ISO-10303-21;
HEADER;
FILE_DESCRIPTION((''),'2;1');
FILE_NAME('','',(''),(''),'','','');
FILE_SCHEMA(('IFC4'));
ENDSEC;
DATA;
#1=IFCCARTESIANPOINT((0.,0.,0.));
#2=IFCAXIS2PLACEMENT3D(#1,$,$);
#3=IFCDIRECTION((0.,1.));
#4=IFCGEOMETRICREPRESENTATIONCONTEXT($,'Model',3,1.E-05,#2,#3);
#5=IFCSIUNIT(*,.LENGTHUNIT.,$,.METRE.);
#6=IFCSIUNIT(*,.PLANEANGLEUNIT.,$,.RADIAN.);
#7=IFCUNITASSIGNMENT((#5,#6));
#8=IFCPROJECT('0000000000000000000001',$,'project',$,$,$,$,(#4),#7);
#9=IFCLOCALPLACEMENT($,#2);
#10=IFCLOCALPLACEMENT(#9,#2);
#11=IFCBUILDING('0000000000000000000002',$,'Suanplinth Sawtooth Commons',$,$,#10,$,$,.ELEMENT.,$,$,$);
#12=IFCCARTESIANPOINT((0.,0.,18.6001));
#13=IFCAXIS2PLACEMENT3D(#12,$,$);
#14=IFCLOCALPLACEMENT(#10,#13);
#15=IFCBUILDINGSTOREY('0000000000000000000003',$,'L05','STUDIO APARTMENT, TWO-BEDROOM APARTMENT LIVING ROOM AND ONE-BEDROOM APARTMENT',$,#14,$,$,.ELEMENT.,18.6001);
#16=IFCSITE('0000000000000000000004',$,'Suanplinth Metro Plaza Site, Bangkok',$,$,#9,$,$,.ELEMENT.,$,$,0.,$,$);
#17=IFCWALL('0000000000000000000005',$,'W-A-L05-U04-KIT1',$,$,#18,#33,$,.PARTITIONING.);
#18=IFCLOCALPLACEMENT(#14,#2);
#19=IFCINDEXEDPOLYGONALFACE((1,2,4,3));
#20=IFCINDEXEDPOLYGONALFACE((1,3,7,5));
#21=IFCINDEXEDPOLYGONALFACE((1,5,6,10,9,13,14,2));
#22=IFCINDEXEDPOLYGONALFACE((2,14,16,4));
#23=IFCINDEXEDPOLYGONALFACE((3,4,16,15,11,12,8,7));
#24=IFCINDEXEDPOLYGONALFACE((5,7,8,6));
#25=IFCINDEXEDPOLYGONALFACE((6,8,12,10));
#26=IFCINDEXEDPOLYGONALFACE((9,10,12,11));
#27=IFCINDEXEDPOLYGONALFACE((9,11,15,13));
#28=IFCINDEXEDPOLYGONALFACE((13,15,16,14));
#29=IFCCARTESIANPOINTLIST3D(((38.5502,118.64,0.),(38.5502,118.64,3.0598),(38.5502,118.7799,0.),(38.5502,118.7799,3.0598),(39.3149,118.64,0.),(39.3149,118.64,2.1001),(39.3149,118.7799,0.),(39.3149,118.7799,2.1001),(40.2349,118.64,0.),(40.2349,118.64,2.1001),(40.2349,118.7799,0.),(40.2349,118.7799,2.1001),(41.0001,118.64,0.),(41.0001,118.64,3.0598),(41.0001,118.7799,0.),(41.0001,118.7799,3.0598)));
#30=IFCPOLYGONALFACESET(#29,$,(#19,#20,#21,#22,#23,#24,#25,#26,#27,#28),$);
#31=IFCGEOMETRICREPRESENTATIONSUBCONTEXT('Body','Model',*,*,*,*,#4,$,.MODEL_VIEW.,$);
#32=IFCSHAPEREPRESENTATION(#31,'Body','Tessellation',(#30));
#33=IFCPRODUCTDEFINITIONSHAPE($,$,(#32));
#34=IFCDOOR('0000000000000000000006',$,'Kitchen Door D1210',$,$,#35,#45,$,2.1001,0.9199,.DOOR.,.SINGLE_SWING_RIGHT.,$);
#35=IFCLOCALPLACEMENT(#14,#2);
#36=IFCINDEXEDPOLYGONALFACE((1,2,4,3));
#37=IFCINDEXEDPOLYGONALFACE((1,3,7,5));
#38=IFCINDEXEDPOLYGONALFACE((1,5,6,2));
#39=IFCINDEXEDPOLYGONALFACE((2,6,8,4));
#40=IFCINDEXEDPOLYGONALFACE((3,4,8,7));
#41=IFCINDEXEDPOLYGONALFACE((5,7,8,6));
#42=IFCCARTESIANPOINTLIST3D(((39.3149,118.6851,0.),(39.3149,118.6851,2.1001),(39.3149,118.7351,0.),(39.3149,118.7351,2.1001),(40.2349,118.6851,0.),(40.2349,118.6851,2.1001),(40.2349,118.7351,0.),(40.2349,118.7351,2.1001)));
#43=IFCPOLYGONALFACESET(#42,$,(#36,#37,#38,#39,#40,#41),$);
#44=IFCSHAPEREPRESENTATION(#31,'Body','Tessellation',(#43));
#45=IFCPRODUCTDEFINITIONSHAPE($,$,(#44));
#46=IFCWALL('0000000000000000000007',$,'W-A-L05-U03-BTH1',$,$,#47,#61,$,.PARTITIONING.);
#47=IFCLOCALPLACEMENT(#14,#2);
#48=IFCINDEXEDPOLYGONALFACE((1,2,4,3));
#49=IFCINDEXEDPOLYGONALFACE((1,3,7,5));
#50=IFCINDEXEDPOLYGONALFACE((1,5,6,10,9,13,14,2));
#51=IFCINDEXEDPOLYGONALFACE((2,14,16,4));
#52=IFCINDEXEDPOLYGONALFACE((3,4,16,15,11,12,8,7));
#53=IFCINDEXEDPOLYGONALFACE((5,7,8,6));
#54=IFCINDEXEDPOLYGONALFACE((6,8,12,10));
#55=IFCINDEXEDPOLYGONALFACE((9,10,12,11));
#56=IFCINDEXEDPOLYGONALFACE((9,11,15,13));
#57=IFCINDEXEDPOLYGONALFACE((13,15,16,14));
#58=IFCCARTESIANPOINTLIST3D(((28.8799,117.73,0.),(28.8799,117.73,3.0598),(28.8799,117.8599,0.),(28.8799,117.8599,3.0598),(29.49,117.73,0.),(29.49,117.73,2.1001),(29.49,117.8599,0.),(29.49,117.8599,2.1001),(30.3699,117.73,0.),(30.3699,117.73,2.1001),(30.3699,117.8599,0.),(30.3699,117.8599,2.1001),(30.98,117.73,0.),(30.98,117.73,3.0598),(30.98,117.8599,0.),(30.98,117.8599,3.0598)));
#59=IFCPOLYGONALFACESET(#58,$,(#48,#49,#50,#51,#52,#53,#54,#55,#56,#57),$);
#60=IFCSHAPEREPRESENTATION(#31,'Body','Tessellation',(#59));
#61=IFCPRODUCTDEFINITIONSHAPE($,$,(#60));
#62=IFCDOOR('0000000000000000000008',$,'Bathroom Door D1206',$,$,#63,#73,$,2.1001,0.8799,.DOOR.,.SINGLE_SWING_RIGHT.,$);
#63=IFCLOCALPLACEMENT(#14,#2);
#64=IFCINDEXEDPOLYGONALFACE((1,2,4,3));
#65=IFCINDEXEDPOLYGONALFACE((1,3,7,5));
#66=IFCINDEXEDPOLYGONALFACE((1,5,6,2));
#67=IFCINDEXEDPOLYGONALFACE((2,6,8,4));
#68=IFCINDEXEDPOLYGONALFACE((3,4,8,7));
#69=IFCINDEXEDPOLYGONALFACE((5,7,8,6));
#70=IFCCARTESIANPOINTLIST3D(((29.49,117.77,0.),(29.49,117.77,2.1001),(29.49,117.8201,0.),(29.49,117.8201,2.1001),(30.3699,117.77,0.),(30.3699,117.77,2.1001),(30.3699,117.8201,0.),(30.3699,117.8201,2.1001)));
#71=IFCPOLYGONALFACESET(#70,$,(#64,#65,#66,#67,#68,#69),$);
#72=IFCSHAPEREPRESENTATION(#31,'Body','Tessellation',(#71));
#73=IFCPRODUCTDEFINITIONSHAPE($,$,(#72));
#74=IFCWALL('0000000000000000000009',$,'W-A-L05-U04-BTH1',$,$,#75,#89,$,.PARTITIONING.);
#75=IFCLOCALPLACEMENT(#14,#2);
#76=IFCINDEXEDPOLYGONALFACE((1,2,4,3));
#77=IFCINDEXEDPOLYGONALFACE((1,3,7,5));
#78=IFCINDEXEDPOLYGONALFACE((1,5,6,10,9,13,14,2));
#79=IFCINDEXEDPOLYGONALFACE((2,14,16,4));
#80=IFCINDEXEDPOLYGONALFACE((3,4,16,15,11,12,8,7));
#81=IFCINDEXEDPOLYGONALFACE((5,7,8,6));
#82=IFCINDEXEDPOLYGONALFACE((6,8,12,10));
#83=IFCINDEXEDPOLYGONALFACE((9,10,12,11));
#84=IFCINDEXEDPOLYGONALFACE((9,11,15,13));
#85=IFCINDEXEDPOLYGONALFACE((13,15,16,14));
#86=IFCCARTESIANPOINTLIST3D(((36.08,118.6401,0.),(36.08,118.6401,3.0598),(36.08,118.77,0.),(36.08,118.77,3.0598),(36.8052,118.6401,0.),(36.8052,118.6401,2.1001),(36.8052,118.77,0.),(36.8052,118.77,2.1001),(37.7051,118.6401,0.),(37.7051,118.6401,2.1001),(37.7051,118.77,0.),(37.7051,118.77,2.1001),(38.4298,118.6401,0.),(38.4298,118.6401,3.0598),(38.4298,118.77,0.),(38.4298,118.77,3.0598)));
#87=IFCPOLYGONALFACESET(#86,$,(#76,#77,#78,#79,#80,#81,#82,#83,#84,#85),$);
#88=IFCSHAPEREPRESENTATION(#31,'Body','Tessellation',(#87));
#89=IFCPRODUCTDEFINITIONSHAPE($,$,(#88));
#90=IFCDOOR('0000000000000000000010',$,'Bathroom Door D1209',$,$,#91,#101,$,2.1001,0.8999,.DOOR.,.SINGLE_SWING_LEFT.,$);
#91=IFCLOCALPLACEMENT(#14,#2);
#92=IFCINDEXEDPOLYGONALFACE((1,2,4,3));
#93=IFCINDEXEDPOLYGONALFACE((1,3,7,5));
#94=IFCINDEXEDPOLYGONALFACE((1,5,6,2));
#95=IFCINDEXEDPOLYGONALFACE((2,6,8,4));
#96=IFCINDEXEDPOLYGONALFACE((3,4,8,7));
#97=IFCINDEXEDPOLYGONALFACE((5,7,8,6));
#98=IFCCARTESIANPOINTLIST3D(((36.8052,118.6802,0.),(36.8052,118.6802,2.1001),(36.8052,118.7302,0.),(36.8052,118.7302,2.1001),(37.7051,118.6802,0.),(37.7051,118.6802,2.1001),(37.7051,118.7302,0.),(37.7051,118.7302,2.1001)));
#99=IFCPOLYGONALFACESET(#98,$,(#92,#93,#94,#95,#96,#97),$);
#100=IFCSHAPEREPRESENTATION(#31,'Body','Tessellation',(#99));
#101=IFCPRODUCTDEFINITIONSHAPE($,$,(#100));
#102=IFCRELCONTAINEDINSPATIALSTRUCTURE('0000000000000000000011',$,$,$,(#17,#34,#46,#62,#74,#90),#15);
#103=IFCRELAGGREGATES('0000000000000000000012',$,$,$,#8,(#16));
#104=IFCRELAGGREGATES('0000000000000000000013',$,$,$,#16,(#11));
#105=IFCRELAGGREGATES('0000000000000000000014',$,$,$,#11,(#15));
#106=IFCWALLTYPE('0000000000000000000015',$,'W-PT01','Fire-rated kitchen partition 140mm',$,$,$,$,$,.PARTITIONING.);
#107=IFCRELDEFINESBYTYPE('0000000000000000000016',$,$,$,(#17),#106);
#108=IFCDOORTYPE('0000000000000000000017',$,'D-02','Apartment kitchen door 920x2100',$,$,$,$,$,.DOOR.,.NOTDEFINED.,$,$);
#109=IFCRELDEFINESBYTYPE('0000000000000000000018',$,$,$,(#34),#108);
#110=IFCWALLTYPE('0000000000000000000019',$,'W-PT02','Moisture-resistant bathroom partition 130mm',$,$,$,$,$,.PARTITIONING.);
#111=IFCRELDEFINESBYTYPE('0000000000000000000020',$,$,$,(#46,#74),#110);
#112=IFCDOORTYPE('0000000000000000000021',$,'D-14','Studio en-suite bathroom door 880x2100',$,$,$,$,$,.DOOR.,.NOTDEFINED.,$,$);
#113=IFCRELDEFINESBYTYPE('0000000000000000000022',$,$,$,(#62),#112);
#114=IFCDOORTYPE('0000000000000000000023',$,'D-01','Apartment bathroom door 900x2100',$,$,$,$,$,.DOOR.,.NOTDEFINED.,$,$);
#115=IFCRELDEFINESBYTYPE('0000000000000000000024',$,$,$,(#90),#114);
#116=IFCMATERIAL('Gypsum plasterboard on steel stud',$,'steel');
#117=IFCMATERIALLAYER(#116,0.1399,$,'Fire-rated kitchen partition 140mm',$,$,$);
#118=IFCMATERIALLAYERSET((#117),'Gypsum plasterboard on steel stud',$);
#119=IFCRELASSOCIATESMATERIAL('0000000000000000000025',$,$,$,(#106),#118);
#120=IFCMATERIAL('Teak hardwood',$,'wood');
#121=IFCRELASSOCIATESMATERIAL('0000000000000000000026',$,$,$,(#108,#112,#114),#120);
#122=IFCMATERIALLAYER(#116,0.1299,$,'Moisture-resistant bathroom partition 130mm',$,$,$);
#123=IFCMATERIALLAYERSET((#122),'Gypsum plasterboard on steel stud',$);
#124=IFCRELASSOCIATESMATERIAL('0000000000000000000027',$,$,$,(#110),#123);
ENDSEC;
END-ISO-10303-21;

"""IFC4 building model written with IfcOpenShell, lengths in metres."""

from ifc_helpers import new_model, si_unit, direction, frame, frame_2d, origin, place, context, subcontext, project, spatial, rectangle, extrude, material, layer, layer_set, type_object, element, fill, save


model = new_model("IFC4")

# Units and contexts
model_context = context("Model", 3, precision=1e-05, world=origin(), true_north=direction((0.0, 1.0)))
body_context = subcontext(model_context, "Body", "Model", "MODEL_VIEW")
ifc_project = project(units=[si_unit("LENGTHUNIT", "METRE"), si_unit("PLANEANGLEUNIT", "RADIAN")], contexts=[model_context])

# Site, building, storey
site_placement = place(None, origin())
site = spatial("IfcSite", under=ifc_project, at=site_placement, Name="Suanplinth Metro Plaza Site, Bangkok", CompositionType="ELEMENT", RefElevation=0.0)
building_placement = place(site_placement, origin())
building = spatial("IfcBuilding", under=site, at=building_placement, Name="Suanplinth Sawtooth Commons", CompositionType="ELEMENT")
storey_placement = place(building_placement, frame((0.0, 0.0, 18.6001)))
storey = spatial("IfcBuildingStorey", under=building, at=storey_placement, Name="L05", Description="STUDIO APARTMENT, TWO-BEDROOM APARTMENT LIVING ROOM AND ONE-BEDROOM APARTMENT", CompositionType="ELEMENT", Elevation=18.6001)

# Walls, openings, doors
ifc_material_1 = material(Name="Gypsum plasterboard on steel stud", Category="steel")
ifc_layer_1 = layer(ifc_material_1, 0.1399, Name="Fire-rated kitchen partition 140mm")
ifc_layer_set_1 = layer_set([ifc_layer_1], Name="Gypsum plasterboard on steel stud")
wall_type_1 = type_object("IfcWallType", Name="W-PT01", Description="Fire-rated kitchen partition 140mm", PredefinedType="PARTITIONING", material=ifc_layer_set_1)
ifc_material_2 = material(Name="Teak hardwood", Category="wood")
door_type_1 = type_object("IfcDoorType", Name="D-02", Description="Apartment kitchen door 920x2100", OperationType="NOTDEFINED", PredefinedType="DOOR", material=ifc_material_2)
wall_1_placement = place(storey_placement, frame((38.55, 118.71, 0.0), z_axis=(0.0, 0.0, 1.0), x_axis=(1.0, 0.0, 0.0)))
wall_1 = element("IfcWall", 1, at=wall_1_placement, inside=storey, type_object=wall_type_1, Name="W-A-L05-U04-KIT1", PredefinedType="PARTITIONING", context=body_context, shape_type="SweptSolid", body=[
    extrude(rectangle(XDim=2.45, YDim=0.1399, at=frame_2d((1.2251, 0.0))), origin(), (0.0, 0.0, 1.0), 3.0598),
])
opening_1_placement = place(wall_1_placement, frame((0.7649, 0.0, 0.0)))
opening_1 = element("IfcOpeningElement", 2, at=opening_1_placement, cuts=wall_1, PredefinedType="OPENING", context=body_context, shape_type="SweptSolid", body=[
    extrude(rectangle(XDim=0.9199, YDim=2.1001, at=frame_2d((0.46, 1.05))), frame((0.0, 0.085, 0.0), z_axis=(0.0, -1.0, 0.0), x_axis=(1.0, 0.0, 0.0)), (0.0, 0.0, 1.0), 0.1697),
])
door_1_placement = place(opening_1_placement, frame((0.9199, 0.0, 0.0), z_axis=(0.0, 0.0, 1.0), x_axis=(-1.0, 0.0, 0.0)))
door_1 = element("IfcDoor", 3, at=door_1_placement, inside=storey, type_object=door_type_1, Name="Kitchen Door D1210", OperationType="SINGLE_SWING_RIGHT", OverallHeight=2.1001, OverallWidth=0.9199, PredefinedType="DOOR", context=body_context, shape_type="SweptSolid", body=[
    extrude(rectangle(XDim=0.9199, YDim=2.1001, at=frame_2d((0.46, 1.05))), frame((0.0, 0.0249, 0.0), z_axis=(0.0, -1.0, 0.0), x_axis=(1.0, 0.0, 0.0)), (0.0, 0.0, 1.0), 0.05),
])
fill(opening_1, door_1)
ifc_layer_2 = layer(ifc_material_1, 0.1299, Name="Moisture-resistant bathroom partition 130mm")
ifc_layer_set_2 = layer_set([ifc_layer_2], Name="Gypsum plasterboard on steel stud")
wall_type_2 = type_object("IfcWallType", Name="W-PT02", Description="Moisture-resistant bathroom partition 130mm", PredefinedType="PARTITIONING", material=ifc_layer_set_2)
wall_2_placement = place(storey_placement, frame((28.8799, 117.7949, 0.0), z_axis=(0.0, 0.0, 1.0), x_axis=(1.0, 0.0, 0.0)))
wall_2 = element("IfcWall", 4, at=wall_2_placement, inside=storey, type_object=wall_type_2, Name="W-A-L05-U03-BTH1", PredefinedType="PARTITIONING", context=body_context, shape_type="SweptSolid", body=[
    extrude(rectangle(XDim=2.1001, YDim=0.1299, at=frame_2d((1.05, 0.0))), origin(), (0.0, 0.0, 1.0), 3.0598),
])
opening_2_placement = place(wall_2_placement, frame((0.6101, 0.0, 0.0)))
opening_2 = element("IfcOpeningElement", 5, at=opening_2_placement, cuts=wall_2, PredefinedType="OPENING", context=body_context, shape_type="SweptSolid", body=[
    extrude(rectangle(XDim=0.8799, YDim=2.1001, at=frame_2d((0.4399, 1.05))), frame((0.0, 0.0798, 0.0), z_axis=(0.0, -1.0, 0.0), x_axis=(1.0, 0.0, 0.0)), (0.0, 0.0, 1.0), 0.1597),
])
door_type_2 = type_object("IfcDoorType", Name="D-14", Description="Studio en-suite bathroom door 880x2100", OperationType="NOTDEFINED", PredefinedType="DOOR", material=ifc_material_2)
door_2_placement = place(opening_2_placement, frame((0.8799, 0.0, 0.0), z_axis=(0.0, 0.0, 1.0), x_axis=(-1.0, 0.0, 0.0)))
door_2 = element("IfcDoor", 6, at=door_2_placement, inside=storey, type_object=door_type_2, Name="Bathroom Door D1206", OperationType="SINGLE_SWING_RIGHT", OverallHeight=2.1001, OverallWidth=0.8799, PredefinedType="DOOR", context=body_context, shape_type="SweptSolid", body=[
    extrude(rectangle(XDim=0.8799, YDim=2.1001, at=frame_2d((0.4399, 1.05))), frame((0.0, 0.0249, 0.0), z_axis=(0.0, -1.0, 0.0), x_axis=(1.0, 0.0, 0.0)), (0.0, 0.0, 1.0), 0.05),
])
fill(opening_2, door_2)
wall_3_placement = place(storey_placement, frame((36.0801, 118.7051, 0.0), z_axis=(0.0, 0.0, 1.0), x_axis=(1.0, 0.0, 0.0)))
wall_3 = element("IfcWall", 7, at=wall_3_placement, inside=storey, type_object=wall_type_2, Name="W-A-L05-U04-BTH1", PredefinedType="PARTITIONING", context=body_context, shape_type="SweptSolid", body=[
    extrude(rectangle(XDim=2.3499, YDim=0.1299, at=frame_2d((1.1748, 0.0))), origin(), (0.0, 0.0, 1.0), 3.0598),
])
opening_3_placement = place(wall_3_placement, frame((0.7251, 0.0, 0.0)))
opening_3 = element("IfcOpeningElement", 8, at=opening_3_placement, cuts=wall_3, PredefinedType="OPENING", context=body_context, shape_type="SweptSolid", body=[
    extrude(rectangle(XDim=0.8999, YDim=2.1001, at=frame_2d((0.45, 1.05))), frame((0.0, 0.0798, 0.0), z_axis=(0.0, -1.0, 0.0), x_axis=(1.0, 0.0, 0.0)), (0.0, 0.0, 1.0), 0.1597),
])
door_type_3 = type_object("IfcDoorType", Name="D-01", Description="Apartment bathroom door 900x2100", OperationType="NOTDEFINED", PredefinedType="DOOR", material=ifc_material_2)
door_3_placement = place(opening_3_placement, frame((0.8999, 0.0, 0.0), z_axis=(0.0, 0.0, 1.0), x_axis=(-1.0, 0.0, 0.0)))
door_3 = element("IfcDoor", 9, at=door_3_placement, inside=storey, type_object=door_type_3, Name="Bathroom Door D1209", OperationType="SINGLE_SWING_LEFT", OverallHeight=2.1001, OverallWidth=0.8999, PredefinedType="DOOR", context=body_context, shape_type="SweptSolid", body=[
    extrude(rectangle(XDim=0.8999, YDim=2.1001, at=frame_2d((0.45, 1.05))), frame((0.0, 0.0249, 0.0), z_axis=(0.0, -1.0, 0.0), x_axis=(1.0, 0.0, 0.0)), (0.0, 0.0, 1.0), 0.05),
])
fill(opening_3, door_3)

save(model, "model.ifc")
